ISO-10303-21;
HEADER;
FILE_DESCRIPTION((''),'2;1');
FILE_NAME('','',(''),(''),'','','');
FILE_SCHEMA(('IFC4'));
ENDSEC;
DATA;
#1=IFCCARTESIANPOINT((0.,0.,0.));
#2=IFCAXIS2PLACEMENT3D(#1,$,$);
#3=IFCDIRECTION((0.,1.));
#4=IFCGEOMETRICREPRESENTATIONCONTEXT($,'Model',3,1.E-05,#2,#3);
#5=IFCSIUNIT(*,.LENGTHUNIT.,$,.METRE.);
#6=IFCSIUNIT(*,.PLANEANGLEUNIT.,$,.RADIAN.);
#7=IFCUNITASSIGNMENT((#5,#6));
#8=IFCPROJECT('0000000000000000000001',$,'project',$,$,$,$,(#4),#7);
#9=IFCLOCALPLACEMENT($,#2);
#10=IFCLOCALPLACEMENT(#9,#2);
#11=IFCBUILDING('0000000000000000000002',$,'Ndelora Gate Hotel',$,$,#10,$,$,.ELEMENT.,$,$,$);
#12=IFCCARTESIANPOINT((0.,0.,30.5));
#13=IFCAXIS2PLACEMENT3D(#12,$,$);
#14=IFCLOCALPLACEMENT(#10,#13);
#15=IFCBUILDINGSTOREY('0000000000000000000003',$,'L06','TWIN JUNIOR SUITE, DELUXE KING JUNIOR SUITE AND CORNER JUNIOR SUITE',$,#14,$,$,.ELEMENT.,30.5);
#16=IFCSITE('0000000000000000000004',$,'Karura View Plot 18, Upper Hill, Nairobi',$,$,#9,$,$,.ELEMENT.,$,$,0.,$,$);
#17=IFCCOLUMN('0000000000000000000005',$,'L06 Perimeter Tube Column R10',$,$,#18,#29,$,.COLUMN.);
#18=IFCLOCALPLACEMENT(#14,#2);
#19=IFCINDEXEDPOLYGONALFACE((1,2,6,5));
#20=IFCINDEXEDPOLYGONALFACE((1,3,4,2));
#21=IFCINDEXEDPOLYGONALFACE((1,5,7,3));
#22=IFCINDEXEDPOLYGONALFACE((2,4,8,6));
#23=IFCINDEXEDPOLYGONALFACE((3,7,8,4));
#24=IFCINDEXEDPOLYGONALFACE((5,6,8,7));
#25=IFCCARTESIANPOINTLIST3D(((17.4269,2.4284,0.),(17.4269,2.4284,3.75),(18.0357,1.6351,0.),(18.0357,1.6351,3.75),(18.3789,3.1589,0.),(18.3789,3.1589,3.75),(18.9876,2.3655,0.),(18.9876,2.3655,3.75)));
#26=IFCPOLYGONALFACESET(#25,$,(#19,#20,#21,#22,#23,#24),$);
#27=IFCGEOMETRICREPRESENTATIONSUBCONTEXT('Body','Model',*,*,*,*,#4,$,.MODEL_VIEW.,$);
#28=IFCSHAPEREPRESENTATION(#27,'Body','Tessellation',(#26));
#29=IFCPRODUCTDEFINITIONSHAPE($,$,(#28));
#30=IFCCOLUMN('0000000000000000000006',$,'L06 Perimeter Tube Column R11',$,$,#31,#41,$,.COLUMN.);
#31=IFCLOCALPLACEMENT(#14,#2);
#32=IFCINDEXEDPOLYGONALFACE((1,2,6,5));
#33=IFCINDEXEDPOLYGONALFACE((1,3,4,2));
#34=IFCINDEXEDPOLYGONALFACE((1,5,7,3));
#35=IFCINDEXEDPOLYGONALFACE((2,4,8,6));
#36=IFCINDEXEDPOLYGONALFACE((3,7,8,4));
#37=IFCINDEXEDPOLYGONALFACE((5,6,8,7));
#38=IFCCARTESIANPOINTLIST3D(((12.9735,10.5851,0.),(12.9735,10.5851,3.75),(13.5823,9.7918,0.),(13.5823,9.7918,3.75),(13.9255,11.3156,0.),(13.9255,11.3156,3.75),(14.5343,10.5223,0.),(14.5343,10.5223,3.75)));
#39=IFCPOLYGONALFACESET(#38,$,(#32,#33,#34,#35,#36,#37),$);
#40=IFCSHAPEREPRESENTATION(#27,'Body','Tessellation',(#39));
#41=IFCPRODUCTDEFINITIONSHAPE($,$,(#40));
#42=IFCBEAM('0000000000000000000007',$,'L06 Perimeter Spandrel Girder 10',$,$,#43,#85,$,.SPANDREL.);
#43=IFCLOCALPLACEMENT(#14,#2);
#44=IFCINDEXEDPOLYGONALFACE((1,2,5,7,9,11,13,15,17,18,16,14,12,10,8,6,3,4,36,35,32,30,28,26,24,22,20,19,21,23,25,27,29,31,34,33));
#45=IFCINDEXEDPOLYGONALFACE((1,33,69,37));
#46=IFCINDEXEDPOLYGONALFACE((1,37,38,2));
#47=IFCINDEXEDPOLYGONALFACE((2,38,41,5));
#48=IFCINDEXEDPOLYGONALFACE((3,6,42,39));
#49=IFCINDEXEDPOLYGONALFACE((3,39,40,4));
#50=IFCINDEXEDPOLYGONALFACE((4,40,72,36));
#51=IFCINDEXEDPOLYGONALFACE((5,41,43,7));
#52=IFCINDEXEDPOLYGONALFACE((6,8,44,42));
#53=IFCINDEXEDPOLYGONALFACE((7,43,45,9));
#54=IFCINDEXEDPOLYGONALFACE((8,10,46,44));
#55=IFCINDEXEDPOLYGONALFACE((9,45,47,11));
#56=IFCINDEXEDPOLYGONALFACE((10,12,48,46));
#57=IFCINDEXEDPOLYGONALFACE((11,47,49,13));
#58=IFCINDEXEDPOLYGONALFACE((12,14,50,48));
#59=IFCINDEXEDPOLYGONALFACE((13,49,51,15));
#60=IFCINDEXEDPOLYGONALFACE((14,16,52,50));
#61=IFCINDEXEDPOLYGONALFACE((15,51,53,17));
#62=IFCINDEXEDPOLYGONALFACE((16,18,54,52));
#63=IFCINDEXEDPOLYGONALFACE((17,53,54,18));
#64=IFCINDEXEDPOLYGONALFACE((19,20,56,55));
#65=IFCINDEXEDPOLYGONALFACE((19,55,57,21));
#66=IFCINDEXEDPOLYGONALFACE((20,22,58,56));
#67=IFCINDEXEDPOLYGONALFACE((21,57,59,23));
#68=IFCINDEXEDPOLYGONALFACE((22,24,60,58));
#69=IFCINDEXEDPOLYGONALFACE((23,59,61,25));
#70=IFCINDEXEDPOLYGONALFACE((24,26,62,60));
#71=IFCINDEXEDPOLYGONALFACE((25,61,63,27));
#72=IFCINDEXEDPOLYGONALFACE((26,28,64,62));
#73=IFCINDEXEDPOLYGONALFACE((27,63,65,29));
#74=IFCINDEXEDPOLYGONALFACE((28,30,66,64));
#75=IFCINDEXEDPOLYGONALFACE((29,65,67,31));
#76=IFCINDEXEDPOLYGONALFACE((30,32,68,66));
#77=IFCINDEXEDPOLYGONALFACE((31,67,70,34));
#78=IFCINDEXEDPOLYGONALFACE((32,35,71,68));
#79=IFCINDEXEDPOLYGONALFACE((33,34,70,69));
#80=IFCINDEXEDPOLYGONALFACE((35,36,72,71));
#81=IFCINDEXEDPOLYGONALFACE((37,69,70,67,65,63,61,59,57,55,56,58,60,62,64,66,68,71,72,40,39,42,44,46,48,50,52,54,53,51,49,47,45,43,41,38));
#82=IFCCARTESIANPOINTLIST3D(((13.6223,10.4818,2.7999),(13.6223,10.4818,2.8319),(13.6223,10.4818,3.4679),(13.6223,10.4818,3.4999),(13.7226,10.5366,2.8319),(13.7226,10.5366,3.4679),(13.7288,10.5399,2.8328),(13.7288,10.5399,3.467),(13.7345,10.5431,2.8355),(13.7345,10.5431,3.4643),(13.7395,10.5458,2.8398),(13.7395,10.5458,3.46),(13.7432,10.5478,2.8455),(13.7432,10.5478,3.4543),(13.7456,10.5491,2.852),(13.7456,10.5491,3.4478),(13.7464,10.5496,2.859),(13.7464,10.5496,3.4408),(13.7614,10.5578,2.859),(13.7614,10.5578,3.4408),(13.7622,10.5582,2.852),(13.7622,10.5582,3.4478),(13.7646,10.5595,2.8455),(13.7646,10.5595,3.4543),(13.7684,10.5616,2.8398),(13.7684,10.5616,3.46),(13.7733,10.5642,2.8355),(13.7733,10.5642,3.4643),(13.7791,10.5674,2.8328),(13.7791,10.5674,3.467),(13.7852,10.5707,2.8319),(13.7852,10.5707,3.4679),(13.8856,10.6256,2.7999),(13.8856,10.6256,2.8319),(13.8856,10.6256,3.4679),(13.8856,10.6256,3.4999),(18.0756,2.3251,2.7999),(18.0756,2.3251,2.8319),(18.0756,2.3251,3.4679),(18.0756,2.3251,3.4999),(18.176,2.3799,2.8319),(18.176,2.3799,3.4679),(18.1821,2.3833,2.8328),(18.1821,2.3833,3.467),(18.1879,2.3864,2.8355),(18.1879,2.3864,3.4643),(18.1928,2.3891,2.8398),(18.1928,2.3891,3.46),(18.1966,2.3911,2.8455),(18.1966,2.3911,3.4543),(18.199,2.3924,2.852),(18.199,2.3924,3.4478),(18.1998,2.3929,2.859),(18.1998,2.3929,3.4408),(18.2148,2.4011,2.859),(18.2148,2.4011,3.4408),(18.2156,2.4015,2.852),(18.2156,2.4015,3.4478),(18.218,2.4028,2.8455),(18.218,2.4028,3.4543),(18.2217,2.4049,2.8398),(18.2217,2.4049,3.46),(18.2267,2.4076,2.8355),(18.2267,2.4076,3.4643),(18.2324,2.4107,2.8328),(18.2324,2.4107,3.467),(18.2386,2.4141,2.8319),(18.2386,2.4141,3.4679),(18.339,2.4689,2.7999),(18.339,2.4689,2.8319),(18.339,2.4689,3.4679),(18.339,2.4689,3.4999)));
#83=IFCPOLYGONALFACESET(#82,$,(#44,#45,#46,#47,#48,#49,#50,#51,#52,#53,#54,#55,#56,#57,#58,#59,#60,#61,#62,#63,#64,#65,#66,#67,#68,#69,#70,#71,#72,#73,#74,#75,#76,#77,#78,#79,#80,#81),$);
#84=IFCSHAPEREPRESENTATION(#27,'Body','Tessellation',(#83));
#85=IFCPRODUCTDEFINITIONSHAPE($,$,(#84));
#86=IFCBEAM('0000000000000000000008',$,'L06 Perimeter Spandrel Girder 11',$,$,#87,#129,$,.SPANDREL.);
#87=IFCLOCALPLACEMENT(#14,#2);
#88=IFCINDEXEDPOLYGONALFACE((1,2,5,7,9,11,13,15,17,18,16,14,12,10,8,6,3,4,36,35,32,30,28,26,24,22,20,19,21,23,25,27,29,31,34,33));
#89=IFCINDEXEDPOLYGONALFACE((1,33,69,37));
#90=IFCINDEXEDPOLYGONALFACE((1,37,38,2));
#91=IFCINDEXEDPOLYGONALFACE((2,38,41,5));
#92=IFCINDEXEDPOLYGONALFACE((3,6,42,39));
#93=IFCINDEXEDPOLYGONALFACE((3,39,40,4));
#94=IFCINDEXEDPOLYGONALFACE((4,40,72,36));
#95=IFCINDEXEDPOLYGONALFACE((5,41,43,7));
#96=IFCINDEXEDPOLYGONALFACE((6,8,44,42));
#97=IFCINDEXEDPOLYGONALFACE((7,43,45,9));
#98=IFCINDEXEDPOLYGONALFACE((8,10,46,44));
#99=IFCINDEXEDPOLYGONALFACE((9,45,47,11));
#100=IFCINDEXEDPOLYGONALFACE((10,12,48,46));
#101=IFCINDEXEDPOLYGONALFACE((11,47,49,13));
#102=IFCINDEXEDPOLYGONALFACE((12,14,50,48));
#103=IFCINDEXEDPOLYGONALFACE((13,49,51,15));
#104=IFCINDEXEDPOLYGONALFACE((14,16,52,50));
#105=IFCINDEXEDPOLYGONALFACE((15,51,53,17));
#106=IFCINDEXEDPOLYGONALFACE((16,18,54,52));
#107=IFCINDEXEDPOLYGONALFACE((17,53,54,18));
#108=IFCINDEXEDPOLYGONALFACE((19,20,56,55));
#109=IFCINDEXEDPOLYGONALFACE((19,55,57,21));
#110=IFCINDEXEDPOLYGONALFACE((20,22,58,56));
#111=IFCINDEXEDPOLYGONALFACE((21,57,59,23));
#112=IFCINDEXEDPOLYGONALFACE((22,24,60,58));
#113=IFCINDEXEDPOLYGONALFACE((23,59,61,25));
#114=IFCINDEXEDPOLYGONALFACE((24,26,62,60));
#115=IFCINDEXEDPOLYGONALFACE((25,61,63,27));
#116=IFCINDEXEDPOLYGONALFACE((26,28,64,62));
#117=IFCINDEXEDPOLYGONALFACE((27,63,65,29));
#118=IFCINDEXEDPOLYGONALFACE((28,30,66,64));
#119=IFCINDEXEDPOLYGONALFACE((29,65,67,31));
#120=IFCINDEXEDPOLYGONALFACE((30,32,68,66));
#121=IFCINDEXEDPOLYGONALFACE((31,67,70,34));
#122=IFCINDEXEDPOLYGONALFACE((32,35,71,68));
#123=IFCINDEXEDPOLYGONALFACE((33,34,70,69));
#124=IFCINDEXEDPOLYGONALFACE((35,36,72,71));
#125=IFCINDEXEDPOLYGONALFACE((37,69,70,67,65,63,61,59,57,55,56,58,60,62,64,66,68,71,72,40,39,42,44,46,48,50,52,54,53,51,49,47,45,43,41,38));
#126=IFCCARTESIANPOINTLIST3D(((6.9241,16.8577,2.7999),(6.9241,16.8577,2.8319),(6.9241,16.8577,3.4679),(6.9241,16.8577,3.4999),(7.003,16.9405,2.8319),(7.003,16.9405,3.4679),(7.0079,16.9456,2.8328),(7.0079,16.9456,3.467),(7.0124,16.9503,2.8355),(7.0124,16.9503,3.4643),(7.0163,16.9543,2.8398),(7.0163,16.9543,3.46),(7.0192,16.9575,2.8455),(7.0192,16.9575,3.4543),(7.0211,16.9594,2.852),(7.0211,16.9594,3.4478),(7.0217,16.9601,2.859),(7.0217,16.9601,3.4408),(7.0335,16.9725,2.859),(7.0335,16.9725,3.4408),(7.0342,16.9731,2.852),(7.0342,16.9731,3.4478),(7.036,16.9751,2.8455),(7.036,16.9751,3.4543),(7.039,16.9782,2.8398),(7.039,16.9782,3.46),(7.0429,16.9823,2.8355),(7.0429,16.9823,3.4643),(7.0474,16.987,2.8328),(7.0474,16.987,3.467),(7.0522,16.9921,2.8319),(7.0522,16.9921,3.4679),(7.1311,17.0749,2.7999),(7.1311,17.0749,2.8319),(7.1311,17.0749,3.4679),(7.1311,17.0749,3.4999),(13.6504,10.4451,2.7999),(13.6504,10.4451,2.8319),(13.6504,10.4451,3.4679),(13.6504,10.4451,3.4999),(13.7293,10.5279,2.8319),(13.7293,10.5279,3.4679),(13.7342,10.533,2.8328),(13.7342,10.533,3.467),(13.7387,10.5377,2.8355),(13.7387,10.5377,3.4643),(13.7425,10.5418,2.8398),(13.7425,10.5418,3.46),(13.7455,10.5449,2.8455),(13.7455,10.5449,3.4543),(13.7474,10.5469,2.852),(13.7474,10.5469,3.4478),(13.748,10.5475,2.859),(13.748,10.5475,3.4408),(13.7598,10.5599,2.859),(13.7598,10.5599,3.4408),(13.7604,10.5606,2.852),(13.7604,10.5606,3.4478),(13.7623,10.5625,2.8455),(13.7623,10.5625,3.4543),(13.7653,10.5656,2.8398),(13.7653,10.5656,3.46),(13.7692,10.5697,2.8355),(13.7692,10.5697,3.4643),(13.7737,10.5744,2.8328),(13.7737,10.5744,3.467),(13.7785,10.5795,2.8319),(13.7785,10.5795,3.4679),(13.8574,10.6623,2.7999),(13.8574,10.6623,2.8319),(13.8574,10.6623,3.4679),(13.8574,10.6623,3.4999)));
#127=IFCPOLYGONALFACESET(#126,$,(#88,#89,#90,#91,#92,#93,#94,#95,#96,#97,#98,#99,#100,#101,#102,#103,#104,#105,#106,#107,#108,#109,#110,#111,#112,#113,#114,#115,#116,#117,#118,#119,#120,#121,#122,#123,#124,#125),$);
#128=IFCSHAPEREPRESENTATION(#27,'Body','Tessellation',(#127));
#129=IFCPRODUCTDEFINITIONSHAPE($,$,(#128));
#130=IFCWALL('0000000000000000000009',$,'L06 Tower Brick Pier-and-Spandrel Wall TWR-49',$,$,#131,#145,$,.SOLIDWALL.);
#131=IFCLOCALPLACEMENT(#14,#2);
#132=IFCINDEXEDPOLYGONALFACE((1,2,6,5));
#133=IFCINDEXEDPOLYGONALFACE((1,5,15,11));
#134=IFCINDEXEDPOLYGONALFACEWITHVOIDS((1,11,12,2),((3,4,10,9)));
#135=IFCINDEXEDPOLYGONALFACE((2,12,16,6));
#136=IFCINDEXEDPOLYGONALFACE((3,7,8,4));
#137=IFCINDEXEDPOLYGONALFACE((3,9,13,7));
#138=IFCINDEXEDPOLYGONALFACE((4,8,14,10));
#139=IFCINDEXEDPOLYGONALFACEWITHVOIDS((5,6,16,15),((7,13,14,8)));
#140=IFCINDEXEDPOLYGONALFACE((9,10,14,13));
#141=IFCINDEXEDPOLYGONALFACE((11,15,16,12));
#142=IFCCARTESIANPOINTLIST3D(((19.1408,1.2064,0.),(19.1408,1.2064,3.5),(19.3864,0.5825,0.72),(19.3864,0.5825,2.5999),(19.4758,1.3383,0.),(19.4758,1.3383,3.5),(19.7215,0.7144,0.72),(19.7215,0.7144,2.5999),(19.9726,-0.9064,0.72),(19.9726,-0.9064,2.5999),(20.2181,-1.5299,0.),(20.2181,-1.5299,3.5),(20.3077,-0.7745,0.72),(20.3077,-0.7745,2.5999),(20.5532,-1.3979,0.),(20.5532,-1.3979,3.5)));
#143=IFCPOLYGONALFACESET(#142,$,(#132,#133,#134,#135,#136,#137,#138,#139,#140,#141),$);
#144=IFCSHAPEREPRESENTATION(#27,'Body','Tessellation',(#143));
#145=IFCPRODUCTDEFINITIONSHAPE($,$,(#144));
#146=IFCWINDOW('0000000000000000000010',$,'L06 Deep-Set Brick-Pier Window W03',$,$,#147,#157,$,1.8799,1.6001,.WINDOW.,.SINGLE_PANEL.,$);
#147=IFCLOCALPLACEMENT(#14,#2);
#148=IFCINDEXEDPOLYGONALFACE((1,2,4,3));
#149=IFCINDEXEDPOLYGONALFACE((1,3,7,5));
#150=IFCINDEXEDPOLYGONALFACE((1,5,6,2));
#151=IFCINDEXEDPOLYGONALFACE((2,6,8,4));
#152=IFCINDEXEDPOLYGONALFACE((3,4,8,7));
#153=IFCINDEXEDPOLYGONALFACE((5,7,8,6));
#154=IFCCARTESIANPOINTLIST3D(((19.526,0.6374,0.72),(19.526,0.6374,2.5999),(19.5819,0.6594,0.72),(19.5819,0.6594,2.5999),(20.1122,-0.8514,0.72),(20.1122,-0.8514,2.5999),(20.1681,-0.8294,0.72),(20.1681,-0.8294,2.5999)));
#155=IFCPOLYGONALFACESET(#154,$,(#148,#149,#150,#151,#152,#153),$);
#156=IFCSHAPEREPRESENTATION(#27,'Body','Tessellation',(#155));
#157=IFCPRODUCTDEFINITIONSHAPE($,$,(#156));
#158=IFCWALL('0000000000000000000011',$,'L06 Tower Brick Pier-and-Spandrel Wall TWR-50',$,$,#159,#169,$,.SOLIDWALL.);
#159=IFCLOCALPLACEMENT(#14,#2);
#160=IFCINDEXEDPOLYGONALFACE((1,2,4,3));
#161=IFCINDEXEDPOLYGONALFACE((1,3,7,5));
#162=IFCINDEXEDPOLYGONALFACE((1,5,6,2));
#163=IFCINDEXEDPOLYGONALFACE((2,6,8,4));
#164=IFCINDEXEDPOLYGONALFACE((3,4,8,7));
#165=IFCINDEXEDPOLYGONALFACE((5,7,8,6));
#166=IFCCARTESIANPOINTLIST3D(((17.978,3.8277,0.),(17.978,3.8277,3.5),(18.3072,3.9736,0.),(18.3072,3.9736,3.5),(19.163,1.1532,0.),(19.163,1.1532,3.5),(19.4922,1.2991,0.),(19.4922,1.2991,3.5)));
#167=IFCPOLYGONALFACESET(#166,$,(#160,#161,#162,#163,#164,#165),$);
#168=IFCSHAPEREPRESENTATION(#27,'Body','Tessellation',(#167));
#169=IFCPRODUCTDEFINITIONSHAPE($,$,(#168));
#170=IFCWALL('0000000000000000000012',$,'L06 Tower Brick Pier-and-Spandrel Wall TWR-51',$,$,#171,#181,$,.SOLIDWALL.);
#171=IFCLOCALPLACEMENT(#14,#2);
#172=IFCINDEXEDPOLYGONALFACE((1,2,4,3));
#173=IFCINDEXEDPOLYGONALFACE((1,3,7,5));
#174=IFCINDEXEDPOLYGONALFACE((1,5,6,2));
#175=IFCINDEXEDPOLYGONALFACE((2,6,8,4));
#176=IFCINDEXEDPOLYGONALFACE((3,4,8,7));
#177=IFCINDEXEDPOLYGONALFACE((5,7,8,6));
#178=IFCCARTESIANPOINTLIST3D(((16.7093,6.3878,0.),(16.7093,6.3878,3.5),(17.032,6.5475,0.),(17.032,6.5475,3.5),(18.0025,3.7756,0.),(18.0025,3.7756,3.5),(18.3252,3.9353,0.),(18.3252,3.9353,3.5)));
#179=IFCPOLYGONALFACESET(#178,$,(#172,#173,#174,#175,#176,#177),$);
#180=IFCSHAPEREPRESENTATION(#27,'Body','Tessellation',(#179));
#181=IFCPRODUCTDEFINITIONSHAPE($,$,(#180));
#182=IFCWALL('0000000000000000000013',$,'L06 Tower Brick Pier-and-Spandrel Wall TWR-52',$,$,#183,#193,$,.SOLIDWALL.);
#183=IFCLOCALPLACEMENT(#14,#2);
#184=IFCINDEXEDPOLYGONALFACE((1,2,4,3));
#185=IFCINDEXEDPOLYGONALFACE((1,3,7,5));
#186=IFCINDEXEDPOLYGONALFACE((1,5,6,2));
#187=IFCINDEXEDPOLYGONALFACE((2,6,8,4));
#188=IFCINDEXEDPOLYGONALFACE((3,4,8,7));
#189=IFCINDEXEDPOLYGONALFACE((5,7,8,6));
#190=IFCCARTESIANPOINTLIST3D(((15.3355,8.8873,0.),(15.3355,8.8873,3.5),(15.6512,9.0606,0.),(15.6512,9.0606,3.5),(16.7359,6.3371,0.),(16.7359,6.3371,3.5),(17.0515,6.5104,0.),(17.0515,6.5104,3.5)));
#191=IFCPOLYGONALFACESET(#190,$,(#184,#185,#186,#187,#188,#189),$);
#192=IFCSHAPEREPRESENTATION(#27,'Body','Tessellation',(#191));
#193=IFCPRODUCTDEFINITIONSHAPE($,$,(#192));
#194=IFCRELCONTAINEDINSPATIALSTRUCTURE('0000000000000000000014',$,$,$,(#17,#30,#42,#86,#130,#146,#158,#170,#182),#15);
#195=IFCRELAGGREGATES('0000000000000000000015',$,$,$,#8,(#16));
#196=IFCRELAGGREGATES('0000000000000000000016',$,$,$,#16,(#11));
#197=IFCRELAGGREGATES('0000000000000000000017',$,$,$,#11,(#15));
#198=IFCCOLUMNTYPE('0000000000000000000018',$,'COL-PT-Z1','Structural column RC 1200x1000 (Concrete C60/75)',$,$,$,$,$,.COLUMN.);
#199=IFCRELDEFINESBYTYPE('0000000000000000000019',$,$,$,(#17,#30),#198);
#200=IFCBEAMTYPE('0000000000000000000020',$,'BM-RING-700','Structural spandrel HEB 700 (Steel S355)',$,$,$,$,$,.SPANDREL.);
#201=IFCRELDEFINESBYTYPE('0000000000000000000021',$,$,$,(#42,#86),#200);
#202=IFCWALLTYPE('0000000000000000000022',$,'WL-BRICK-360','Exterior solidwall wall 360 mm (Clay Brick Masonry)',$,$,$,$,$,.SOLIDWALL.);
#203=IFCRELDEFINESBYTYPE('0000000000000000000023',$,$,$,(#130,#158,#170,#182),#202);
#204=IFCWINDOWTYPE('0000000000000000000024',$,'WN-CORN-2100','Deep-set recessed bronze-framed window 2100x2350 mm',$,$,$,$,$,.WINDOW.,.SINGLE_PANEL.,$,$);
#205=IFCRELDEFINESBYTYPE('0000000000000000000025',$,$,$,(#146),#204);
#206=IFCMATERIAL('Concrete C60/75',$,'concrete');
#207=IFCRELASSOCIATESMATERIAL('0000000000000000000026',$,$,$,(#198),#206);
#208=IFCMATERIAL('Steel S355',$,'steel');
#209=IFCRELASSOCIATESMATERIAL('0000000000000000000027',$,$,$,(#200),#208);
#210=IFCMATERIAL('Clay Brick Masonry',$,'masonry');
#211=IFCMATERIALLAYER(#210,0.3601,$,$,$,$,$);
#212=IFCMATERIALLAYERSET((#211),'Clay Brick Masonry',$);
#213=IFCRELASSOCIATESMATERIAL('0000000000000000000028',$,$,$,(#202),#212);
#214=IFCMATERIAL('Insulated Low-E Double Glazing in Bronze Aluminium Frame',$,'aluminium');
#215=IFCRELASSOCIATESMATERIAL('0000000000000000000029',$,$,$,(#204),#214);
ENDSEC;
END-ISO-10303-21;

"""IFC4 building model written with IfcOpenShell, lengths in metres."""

from ifc_helpers import new_model, si_unit, direction, frame, frame_2d, origin, origin_2d, place, context, subcontext, project, spatial, rectangle, i_section, extrude, material, layer, layer_set, material_profile, profile_set, type_object, element, fill, save


model = new_model("IFC4")

# Units and contexts
model_context = context("Model", 3, precision=1e-05, world=origin(), true_north=direction((0.0, 1.0)))
body_context = subcontext(model_context, "Body", "Model", "MODEL_VIEW")
ifc_project = project(units=[si_unit("LENGTHUNIT", "METRE"), si_unit("PLANEANGLEUNIT", "RADIAN")], contexts=[model_context])

# Site, building, storey
site_placement = place(None, origin())
site = spatial("IfcSite", under=ifc_project, at=site_placement, Name="Karura View Plot 18, Upper Hill, Nairobi", CompositionType="ELEMENT", RefElevation=0.0)
building_placement = place(site_placement, origin())
building = spatial("IfcBuilding", under=site, at=building_placement, Name="Ndelora Gate Hotel", CompositionType="ELEMENT")
storey_placement = place(building_placement, frame((0.0, 0.0, 30.5)))
storey = spatial("IfcBuildingStorey", under=building, at=storey_placement, Name="L06", Description="TWIN JUNIOR SUITE, DELUXE KING JUNIOR SUITE AND CORNER JUNIOR SUITE", CompositionType="ELEMENT", Elevation=30.5)

# Columns
ifc_material_1 = material(Name="Concrete C60/75", Category="concrete")
ifc_material_profile_1 = material_profile(ifc_material_1, rectangle(XDim=1.0, YDim=1.2, at=origin_2d()), Name="RC 1200x1000")
ifc_profile_set_1 = profile_set([ifc_material_profile_1], Name="Concrete C60/75")
column_type = type_object("IfcColumnType", Name="COL-PT-Z1", Description="Structural column RC 1200x1000 (Concrete C60/75)", PredefinedType="COLUMN", material=ifc_profile_set_1)
for number, where, z_axis, x_axis, name in (
    (1, (18.2073, 2.397, 0.0), (0.0, 0.0, 1.0), (-0.608761, 0.793353, 0.0), "L06 Perimeter Tube Column R10"),
    (2, (13.7539, 10.5537, 0.0), (0.0, 0.0, 1.0), (-0.608761, 0.793353, 0.0), "L06 Perimeter Tube Column R11"),
):
    element("IfcColumn", number, at=place(storey_placement, frame(where, z_axis=z_axis, x_axis=x_axis)), inside=storey, type_object=column_type, Name=name, PredefinedType="COLUMN", context=body_context, shape_type="SweptSolid", body=[
        extrude(rectangle(XDim=1.0, YDim=1.2, at=origin_2d()), origin(), (0.0, 0.0, 1.0), 3.75),
    ])

# Beams
ifc_material_2 = material(Name="Steel S355", Category="steel")
ifc_material_profile_2 = material_profile(ifc_material_2, i_section(OverallWidth=0.3, OverallDepth=0.7, WebThickness=0.0171, FlangeThickness=0.032, FilletRadius=0.0271, at=origin_2d()), Name="HEB 700")
ifc_profile_set_2 = profile_set([ifc_material_profile_2], Name="Steel S355")
beam_type = type_object("IfcBeamType", Name="BM-RING-700", Description="Structural spandrel HEB 700 (Steel S355)", PredefinedType="SPANDREL", material=ifc_profile_set_2)
for number, where, z_axis, x_axis, name in (
    (3, (18.2073, 2.397, 3.1499), (-0.479204, 0.877704, 0.0), (-0.877704, -0.479204, 0.0), "L06 Perimeter Spandrel Girder 10"),
    (4, (13.7539, 10.5537, 3.1499), (-0.723784, 0.690026, 0.0), (-0.690026, -0.723784, 0.0), "L06 Perimeter Spandrel Girder 11"),
):
    element("IfcBeam", number, at=place(storey_placement, frame(where, z_axis=z_axis, x_axis=x_axis)), inside=storey, type_object=beam_type, Name=name, PredefinedType="SPANDREL", context=body_context, shape_type="SweptSolid", body=[
        extrude(i_section(OverallWidth=0.3, OverallDepth=0.7, WebThickness=0.0171, FlangeThickness=0.032, FilletRadius=0.0271, at=origin_2d()), origin(), (0.0, 0.0, 1.0), 9.2932),
    ])

# Wall, opening, window
ifc_material_3 = material(Name="Clay Brick Masonry", Category="masonry")
ifc_layer_1 = layer(ifc_material_3, 0.3601)
ifc_layer_set_1 = layer_set([ifc_layer_1], Name="Clay Brick Masonry")
wall_type_1 = type_object("IfcWallType", Name="WL-BRICK-360", Description="Exterior solidwall wall 360 mm (Clay Brick Masonry)", PredefinedType="SOLIDWALL", material=ifc_layer_set_1)
wall_1_placement = place(storey_placement, frame((19.3083, 1.2722, 0.0), z_axis=(0.0, 0.0, 1.0), x_axis=(0.366361, -0.930473, 0.0)))
wall_1 = element("IfcWall", 5, at=wall_1_placement, inside=storey, type_object=wall_type_1, Name="L06 Tower Brick Pier-and-Spandrel Wall TWR-49", PredefinedType="SOLIDWALL", context=body_context, shape_type="SweptSolid", body=[
    extrude(rectangle(XDim=2.9407, YDim=0.3601, at=frame_2d((1.4702, 0.0))), origin(), (0.0, 0.0, 1.0), 3.5),
])
opening_1_placement = place(wall_1_placement, frame((0.6704, 0.0, 0.72)))
opening_1 = element("IfcOpeningElement", 6, at=opening_1_placement, cuts=wall_1, PredefinedType="OPENING", context=body_context, shape_type="SweptSolid", body=[
    extrude(rectangle(XDim=1.6001, YDim=1.8799, at=frame_2d((0.8, 0.9399))), frame((0.0, 0.1899, 0.0), z_axis=(0.0, -1.0, 0.0), x_axis=(1.0, 0.0, 0.0)), (0.0, 0.0, 1.0), 0.3801),
])
ifc_material_4 = material(Name="Insulated Low-E Double Glazing in Bronze Aluminium Frame", Category="aluminium")
window_type_1 = type_object("IfcWindowType", Name="WN-CORN-2100", Description="Deep-set recessed bronze-framed window 2100x2350 mm", PartitioningType="SINGLE_PANEL", PredefinedType="WINDOW", material=ifc_material_4)
window_1_placement = place(opening_1_placement, origin())
window_1 = element("IfcWindow", 7, at=window_1_placement, inside=storey, type_object=window_type_1, Name="L06 Deep-Set Brick-Pier Window W03", OverallHeight=1.8799, OverallWidth=1.6001, PartitioningType="SINGLE_PANEL", PredefinedType="WINDOW", context=body_context, shape_type="SweptSolid", body=[
    extrude(rectangle(XDim=1.6001, YDim=1.8799, at=frame_2d((0.8, 0.9399))), frame((0.0, 0.03, 0.0), z_axis=(0.0, -1.0, 0.0), x_axis=(1.0, 0.0, 0.0)), (0.0, 0.0, 1.0), 0.0601),
])
fill(opening_1, window_1)

# Walls
wall_2_placement = place(storey_placement, frame((18.1426, 3.9006, 0.0), z_axis=(0.0, 0.0, 1.0), x_axis=(0.405101, -0.914272, 0.0)))
element("IfcWall", 8, at=wall_2_placement, inside=storey, type_object=wall_type_1, Name="L06 Tower Brick Pier-and-Spandrel Wall TWR-50", PredefinedType="SOLIDWALL", context=body_context, shape_type="SweptSolid", body=[
    extrude(rectangle(XDim=2.9253, YDim=0.3601, at=frame_2d((1.4626, 0.0))), origin(), (0.0, 0.0, 1.0), 3.5),
])
wall_3_placement = place(storey_placement, frame((16.8706, 6.4678, 0.0), z_axis=(0.0, 0.0, 1.0), x_axis=(0.443659, -0.896196, 0.0)))
element("IfcWall", 9, at=wall_3_placement, inside=storey, type_object=wall_type_1, Name="L06 Tower Brick Pier-and-Spandrel Wall TWR-51", PredefinedType="SOLIDWALL", context=body_context, shape_type="SweptSolid", body=[
    extrude(rectangle(XDim=2.9148, YDim=0.3601, at=frame_2d((1.4575, 0.0))), origin(), (0.0, 0.0, 1.0), 3.5),
])
wall_4_placement = place(storey_placement, frame((15.4934, 8.9739, 0.0), z_axis=(0.0, 0.0, 1.0), x_axis=(0.481319, -0.876545, 0.0)))
element("IfcWall", 10, at=wall_4_placement, inside=storey, type_object=wall_type_1, Name="L06 Tower Brick Pier-and-Spandrel Wall TWR-52", PredefinedType="SOLIDWALL", context=body_context, shape_type="SweptSolid", body=[
    extrude(rectangle(XDim=2.9094, YDim=0.3601, at=frame_2d((1.4546, 0.0))), origin(), (0.0, 0.0, 1.0), 3.5),
])

save(model, "model.ifc")
